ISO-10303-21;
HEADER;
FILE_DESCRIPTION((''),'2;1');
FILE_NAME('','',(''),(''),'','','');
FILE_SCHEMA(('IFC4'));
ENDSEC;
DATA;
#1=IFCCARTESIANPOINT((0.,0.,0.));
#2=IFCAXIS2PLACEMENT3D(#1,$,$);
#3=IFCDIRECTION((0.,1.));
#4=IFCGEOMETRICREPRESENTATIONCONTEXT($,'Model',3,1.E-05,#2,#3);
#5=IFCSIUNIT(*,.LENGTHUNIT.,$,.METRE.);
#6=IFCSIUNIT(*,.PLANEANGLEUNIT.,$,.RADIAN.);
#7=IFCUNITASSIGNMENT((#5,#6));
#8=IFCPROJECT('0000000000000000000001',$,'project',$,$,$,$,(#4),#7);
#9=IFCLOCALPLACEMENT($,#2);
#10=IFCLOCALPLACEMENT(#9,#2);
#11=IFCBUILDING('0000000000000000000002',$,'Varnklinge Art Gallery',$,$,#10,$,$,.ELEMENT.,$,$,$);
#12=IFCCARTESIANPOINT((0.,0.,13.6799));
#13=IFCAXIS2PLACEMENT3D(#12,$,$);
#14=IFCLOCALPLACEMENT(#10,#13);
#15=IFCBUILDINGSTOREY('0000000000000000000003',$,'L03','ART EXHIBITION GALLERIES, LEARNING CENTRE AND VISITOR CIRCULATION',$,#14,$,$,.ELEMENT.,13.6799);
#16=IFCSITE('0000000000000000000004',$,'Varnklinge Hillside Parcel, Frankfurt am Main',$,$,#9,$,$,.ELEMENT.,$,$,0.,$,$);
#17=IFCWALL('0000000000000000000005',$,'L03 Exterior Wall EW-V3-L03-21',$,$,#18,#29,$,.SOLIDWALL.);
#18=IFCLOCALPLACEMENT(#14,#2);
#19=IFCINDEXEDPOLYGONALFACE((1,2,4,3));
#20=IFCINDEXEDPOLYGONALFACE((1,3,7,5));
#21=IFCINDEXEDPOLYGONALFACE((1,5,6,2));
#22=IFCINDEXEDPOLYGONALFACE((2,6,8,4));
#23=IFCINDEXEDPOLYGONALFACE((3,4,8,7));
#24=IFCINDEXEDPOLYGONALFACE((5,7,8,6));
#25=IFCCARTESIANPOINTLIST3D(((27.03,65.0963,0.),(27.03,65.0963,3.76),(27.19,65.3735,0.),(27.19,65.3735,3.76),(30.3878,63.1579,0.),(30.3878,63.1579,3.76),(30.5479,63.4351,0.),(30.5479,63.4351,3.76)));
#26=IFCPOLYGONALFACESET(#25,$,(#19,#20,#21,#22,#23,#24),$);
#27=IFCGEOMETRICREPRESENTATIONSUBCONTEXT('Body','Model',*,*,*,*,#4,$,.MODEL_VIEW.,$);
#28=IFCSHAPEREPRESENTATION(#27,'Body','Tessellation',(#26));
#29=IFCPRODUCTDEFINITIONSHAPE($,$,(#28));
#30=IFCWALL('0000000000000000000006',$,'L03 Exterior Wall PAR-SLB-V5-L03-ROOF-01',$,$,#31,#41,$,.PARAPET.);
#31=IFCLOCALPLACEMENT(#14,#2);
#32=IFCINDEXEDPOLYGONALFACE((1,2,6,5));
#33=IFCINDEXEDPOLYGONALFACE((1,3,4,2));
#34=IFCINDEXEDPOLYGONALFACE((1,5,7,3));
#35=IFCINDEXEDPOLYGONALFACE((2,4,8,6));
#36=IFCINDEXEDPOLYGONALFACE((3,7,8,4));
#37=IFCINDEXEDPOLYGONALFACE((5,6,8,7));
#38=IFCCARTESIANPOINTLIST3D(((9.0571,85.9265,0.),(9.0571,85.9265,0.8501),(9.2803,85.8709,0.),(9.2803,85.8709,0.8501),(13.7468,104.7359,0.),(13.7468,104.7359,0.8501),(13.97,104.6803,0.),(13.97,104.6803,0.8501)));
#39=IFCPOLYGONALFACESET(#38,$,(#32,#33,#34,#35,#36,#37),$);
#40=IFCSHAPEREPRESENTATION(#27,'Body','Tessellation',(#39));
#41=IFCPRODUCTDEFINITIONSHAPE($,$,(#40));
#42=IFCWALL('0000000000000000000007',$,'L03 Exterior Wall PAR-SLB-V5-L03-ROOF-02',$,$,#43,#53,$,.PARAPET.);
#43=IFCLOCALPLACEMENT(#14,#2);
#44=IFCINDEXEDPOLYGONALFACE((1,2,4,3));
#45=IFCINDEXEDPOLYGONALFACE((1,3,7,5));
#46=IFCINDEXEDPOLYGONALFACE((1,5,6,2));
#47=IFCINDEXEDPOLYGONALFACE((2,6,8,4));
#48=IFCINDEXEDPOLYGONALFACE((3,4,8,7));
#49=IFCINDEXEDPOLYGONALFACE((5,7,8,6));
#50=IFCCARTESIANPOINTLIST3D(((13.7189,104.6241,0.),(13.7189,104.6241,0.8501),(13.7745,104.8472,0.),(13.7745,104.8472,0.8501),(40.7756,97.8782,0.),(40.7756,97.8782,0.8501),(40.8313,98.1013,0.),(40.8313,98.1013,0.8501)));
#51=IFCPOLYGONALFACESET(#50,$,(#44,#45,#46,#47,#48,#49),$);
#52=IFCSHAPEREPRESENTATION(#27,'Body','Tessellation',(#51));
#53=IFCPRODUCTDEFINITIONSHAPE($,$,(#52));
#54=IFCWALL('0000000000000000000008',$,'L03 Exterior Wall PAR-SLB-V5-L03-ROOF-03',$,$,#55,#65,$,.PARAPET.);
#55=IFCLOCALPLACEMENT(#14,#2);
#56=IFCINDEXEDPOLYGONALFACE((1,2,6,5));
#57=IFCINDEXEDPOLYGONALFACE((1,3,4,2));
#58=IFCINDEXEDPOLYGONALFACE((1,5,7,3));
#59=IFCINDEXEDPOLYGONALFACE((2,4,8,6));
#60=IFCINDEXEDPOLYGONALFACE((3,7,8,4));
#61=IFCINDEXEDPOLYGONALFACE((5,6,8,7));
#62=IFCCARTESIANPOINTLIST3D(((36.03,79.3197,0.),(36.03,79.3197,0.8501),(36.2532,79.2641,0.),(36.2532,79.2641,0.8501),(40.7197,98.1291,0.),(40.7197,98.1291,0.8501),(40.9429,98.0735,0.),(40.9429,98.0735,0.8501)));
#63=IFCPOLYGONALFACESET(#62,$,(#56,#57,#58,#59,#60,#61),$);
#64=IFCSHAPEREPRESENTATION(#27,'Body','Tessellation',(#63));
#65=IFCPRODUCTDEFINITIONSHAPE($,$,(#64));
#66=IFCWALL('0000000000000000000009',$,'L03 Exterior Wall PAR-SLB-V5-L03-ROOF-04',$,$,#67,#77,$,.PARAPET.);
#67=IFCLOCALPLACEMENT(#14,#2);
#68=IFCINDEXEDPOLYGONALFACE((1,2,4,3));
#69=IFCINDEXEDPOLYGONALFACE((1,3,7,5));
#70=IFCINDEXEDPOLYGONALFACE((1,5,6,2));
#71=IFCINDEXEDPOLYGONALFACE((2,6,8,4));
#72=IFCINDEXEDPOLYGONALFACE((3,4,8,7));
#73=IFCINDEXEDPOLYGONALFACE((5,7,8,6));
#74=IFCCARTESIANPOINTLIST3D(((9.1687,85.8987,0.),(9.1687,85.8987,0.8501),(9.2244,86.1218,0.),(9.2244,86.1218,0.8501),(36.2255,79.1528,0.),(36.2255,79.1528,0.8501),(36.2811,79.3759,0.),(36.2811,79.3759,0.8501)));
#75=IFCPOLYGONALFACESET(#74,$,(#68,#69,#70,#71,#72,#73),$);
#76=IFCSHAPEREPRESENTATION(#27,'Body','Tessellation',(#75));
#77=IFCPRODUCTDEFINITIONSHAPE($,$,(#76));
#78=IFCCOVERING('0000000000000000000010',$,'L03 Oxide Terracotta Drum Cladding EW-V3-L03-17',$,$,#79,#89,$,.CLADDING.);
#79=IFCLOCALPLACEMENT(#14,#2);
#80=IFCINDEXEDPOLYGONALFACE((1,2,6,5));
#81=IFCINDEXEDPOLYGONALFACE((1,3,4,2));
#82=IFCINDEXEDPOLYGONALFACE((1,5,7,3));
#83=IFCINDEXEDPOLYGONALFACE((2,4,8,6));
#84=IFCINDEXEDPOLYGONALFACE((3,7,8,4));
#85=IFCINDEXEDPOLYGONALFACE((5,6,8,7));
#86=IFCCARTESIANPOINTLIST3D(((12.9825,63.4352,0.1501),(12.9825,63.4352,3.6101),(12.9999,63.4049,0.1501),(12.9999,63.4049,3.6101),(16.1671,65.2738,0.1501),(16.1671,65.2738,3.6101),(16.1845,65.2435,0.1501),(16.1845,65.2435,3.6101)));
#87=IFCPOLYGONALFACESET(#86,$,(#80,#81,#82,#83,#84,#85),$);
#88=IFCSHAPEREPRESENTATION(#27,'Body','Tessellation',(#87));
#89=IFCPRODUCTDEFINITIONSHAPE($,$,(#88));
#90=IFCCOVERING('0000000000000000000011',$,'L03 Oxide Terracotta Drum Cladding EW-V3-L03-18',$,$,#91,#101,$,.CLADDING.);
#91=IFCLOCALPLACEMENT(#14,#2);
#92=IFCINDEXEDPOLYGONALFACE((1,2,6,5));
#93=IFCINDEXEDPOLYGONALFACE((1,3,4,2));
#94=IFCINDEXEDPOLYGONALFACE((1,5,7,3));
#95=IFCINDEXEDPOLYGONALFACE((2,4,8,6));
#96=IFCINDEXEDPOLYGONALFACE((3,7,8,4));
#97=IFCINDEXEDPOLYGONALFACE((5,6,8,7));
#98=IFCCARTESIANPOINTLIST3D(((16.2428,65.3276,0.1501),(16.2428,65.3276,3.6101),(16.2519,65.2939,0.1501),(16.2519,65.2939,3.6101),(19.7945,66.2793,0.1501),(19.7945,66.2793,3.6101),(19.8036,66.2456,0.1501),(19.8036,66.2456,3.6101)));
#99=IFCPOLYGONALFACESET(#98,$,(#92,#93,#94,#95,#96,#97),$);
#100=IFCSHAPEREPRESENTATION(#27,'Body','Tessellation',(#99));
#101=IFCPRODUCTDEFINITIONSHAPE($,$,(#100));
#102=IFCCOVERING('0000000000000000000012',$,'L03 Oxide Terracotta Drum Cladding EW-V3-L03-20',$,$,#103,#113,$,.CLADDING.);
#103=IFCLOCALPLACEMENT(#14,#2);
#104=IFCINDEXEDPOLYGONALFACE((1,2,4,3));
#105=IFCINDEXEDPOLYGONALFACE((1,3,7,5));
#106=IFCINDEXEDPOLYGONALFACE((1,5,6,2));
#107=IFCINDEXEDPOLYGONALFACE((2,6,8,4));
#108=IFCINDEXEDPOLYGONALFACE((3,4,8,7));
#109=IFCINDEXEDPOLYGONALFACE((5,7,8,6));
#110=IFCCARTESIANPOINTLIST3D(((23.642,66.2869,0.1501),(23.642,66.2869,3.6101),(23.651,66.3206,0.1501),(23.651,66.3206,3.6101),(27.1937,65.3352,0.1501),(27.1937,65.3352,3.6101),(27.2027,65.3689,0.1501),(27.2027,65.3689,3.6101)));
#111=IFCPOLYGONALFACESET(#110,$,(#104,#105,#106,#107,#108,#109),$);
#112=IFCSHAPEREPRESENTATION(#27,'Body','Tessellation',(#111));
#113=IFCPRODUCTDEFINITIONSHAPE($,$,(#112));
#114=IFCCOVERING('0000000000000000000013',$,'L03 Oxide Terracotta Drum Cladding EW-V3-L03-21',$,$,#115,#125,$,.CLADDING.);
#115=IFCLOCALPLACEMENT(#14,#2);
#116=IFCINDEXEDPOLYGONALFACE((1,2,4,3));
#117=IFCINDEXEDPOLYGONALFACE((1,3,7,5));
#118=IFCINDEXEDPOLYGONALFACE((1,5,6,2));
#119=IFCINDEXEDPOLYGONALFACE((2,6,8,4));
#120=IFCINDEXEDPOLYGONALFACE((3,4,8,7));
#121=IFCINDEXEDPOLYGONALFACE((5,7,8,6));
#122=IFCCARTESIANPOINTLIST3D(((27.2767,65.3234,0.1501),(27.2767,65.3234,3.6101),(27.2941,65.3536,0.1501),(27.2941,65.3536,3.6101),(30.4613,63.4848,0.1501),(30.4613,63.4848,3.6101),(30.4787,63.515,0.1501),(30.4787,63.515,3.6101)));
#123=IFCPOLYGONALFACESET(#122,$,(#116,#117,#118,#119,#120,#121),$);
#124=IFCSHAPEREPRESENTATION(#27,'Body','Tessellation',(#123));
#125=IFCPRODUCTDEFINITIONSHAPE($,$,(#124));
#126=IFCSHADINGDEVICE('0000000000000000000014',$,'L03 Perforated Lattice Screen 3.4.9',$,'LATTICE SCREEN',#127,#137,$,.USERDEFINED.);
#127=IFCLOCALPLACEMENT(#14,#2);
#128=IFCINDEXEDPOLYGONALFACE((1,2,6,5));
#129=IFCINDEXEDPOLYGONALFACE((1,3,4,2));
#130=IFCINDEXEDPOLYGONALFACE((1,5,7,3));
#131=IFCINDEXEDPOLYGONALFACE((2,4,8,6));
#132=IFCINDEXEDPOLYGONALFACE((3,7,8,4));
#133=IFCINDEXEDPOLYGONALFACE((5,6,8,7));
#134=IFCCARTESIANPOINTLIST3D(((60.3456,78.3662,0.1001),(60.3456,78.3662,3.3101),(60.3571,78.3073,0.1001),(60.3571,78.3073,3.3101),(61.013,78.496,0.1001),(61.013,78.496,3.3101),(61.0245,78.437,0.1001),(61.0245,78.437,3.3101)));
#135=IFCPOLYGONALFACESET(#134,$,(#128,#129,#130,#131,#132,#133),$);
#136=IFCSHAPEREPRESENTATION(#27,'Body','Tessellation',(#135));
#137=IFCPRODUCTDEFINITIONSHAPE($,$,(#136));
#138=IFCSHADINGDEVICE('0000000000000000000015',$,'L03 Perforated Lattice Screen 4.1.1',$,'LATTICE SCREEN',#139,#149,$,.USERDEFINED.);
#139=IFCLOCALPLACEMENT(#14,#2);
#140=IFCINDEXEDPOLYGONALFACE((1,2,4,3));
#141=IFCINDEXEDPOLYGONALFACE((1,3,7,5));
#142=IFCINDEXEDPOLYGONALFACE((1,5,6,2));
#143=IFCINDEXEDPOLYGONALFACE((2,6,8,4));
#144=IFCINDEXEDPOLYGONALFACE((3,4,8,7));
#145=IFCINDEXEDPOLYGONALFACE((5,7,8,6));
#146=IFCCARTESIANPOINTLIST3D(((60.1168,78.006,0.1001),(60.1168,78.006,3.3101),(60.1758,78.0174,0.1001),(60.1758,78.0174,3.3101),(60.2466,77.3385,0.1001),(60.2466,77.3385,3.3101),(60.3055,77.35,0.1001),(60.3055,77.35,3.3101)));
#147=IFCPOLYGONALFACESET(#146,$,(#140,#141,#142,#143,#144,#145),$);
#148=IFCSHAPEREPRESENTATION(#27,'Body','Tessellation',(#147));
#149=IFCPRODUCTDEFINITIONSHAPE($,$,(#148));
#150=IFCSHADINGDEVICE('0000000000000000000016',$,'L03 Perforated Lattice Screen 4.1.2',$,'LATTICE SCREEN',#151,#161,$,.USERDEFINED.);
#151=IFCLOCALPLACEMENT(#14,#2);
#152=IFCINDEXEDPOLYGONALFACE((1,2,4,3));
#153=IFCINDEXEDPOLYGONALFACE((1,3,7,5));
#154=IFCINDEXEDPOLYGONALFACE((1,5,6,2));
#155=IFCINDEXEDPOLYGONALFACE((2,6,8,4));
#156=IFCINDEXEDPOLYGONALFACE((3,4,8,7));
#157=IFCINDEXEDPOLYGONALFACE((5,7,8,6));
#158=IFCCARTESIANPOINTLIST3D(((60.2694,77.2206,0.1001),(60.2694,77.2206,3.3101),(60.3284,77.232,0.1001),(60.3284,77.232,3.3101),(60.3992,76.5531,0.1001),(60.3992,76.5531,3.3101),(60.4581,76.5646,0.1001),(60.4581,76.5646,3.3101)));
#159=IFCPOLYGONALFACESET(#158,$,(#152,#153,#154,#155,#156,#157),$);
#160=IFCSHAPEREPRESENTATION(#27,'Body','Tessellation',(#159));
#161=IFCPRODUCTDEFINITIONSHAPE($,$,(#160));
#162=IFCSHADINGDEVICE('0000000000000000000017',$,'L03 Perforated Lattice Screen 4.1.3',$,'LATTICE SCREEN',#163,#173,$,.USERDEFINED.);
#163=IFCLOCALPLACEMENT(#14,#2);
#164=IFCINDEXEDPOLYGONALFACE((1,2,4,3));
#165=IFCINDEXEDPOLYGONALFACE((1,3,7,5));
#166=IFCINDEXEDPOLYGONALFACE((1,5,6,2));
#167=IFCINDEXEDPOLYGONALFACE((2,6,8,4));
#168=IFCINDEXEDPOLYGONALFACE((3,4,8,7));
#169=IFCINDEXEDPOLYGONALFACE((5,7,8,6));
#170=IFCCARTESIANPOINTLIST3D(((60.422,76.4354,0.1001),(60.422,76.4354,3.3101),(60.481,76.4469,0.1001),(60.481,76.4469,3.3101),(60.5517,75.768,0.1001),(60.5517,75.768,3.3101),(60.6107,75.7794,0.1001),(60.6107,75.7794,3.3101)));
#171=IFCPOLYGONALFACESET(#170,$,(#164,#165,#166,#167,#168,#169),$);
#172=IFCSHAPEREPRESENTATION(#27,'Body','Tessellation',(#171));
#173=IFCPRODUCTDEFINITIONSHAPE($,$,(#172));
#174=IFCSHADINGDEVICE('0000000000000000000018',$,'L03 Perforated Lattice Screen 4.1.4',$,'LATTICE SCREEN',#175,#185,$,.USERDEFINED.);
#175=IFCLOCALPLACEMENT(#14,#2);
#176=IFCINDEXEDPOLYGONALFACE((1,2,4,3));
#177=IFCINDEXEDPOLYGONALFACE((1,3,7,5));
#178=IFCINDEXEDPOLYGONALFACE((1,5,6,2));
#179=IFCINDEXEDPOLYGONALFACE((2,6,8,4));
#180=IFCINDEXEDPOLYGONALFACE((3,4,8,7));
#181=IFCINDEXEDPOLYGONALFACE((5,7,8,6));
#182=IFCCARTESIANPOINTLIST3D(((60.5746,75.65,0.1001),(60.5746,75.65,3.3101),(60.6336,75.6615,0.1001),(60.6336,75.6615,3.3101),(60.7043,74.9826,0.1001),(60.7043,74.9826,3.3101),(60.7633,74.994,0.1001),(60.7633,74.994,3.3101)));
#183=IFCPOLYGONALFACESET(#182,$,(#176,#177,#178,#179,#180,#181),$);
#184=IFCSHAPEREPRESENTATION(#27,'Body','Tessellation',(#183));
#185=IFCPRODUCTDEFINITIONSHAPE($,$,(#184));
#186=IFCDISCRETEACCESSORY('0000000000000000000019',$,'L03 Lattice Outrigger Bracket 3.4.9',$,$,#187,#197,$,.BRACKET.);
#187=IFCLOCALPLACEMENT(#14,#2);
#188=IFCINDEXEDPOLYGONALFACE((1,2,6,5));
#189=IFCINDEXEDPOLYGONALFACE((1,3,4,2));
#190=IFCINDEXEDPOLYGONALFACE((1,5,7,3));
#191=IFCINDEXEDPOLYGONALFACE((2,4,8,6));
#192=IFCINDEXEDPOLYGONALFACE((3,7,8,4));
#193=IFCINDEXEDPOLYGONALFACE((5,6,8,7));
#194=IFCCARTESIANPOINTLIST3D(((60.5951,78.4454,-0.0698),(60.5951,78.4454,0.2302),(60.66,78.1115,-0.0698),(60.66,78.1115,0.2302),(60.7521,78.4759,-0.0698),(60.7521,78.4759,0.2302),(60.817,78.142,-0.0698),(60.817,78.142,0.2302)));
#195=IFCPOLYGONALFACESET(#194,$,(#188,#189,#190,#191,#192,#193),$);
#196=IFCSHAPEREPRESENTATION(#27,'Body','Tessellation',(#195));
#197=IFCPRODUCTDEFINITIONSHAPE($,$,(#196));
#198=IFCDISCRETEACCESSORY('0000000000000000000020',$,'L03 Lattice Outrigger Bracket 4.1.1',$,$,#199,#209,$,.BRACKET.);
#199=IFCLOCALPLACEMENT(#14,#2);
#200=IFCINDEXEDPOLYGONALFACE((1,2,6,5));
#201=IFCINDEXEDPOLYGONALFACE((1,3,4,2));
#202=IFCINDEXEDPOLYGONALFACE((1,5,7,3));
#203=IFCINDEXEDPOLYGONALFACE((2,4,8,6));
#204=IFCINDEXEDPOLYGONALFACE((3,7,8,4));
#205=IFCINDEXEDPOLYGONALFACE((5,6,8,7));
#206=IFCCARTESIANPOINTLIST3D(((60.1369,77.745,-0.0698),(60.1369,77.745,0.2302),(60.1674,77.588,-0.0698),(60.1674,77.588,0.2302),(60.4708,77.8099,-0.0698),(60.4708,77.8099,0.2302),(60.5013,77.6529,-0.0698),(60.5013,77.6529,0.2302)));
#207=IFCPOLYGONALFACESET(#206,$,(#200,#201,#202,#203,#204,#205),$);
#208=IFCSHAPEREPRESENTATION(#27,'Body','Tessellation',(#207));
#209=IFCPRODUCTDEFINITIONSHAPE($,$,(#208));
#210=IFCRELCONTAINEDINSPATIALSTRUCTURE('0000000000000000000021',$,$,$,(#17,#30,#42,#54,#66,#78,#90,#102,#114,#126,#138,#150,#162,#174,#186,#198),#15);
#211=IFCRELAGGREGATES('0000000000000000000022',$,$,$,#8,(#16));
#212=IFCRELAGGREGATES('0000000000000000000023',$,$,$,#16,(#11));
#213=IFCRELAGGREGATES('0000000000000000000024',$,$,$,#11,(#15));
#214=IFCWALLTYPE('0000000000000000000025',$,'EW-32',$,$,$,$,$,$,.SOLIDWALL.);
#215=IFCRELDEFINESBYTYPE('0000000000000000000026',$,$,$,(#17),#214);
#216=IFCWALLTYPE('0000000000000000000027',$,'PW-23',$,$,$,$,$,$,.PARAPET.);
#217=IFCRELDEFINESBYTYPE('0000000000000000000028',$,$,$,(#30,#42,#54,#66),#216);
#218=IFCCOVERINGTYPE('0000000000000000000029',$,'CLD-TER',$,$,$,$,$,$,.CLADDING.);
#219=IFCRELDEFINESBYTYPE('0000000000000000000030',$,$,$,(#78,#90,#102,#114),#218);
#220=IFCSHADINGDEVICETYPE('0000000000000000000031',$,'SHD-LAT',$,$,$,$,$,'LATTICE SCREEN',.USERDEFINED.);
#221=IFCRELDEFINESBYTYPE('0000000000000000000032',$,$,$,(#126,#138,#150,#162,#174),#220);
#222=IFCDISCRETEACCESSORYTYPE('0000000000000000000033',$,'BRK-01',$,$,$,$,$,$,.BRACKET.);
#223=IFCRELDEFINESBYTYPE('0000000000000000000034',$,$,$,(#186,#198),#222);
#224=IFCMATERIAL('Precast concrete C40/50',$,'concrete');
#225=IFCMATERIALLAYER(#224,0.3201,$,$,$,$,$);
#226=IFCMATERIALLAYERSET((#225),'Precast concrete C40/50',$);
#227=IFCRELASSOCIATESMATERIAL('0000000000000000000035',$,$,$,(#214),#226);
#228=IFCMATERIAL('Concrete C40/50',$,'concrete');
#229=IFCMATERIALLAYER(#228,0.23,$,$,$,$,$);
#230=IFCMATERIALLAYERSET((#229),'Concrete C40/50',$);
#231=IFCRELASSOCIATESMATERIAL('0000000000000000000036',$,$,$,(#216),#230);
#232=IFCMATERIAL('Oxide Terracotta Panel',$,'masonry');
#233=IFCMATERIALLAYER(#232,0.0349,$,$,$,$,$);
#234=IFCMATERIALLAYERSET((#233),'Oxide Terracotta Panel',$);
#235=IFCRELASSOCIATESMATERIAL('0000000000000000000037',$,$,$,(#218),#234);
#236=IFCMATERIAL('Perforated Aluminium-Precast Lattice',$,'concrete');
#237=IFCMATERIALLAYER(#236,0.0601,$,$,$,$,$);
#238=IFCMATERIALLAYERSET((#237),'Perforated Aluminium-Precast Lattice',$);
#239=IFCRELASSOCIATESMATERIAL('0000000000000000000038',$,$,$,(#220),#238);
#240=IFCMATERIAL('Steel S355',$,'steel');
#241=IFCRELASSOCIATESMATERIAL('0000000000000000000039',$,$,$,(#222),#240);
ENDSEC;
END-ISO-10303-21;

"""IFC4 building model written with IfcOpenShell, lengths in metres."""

from ifc_helpers import new_model, si_unit, direction, frame, frame_2d, origin, origin_2d, place, context, subcontext, project, spatial, rectangle, extrude, material, layer, layer_set, type_object, element, save


model = new_model("IFC4")

# Units and contexts
model_context = context("Model", 3, precision=1e-05, world=origin(), true_north=direction((0.0, 1.0)))
body_context = subcontext(model_context, "Body", "Model", "MODEL_VIEW")
ifc_project = project(units=[si_unit("LENGTHUNIT", "METRE"), si_unit("PLANEANGLEUNIT", "RADIAN")], contexts=[model_context])

# Site, building, storey
site_placement = place(None, origin())
site = spatial("IfcSite", under=ifc_project, at=site_placement, Name="Varnklinge Hillside Parcel, Frankfurt am Main", CompositionType="ELEMENT", RefElevation=0.0)
building_placement = place(site_placement, origin())
building = spatial("IfcBuilding", under=site, at=building_placement, Name="Varnklinge Art Gallery", CompositionType="ELEMENT")
storey_placement = place(building_placement, frame((0.0, 0.0, 13.6799)))
storey = spatial("IfcBuildingStorey", under=building, at=storey_placement, Name="L03", Description="ART EXHIBITION GALLERIES, LEARNING CENTRE AND VISITOR CIRCULATION", CompositionType="ELEMENT", Elevation=13.6799)

# Shared definitions
ifc_material_1 = material(Name="Precast concrete C40/50", Category="concrete")
ifc_layer_1 = layer(ifc_material_1, 0.3201)
ifc_layer_set_1 = layer_set([ifc_layer_1], Name="Precast concrete C40/50")
wall_type_1 = type_object("IfcWallType", Name="EW-32", PredefinedType="SOLIDWALL", material=ifc_layer_set_1)

# Walls
wall_1_placement = place(storey_placement, frame((27.1101, 65.2349, 0.0), z_axis=(0.0, 0.0, 1.0), x_axis=(0.866049, -0.499959, 0.0)))
element("IfcWall", 1, at=wall_1_placement, inside=storey, type_object=wall_type_1, Name="L03 Exterior Wall EW-V3-L03-21", PredefinedType="SOLIDWALL", context=body_context, shape_type="SweptSolid", body=[
    extrude(rectangle(XDim=3.8772, YDim=0.3201, at=frame_2d((1.9385, 0.0))), origin(), (0.0, 0.0, 1.0), 3.76),
])
ifc_material_2 = material(Name="Concrete C40/50", Category="concrete")
ifc_layer_2 = layer(ifc_material_2, 0.23)
ifc_layer_set_2 = layer_set([ifc_layer_2], Name="Concrete C40/50")
wall_type_2 = type_object("IfcWallType", Name="PW-23", PredefinedType="PARAPET", material=ifc_layer_set_2)
wall_2_placement = place(storey_placement, frame((9.1687, 85.8987, 0.0), z_axis=(0.0, 0.0, 1.0), x_axis=(0.241922, 0.970296, 0.0)))
element("IfcWall", 2, at=wall_2_placement, inside=storey, type_object=wall_type_2, Name="L03 Exterior Wall PAR-SLB-V5-L03-ROOF-01", PredefinedType="PARAPET", context=body_context, shape_type="SweptSolid", body=[
    extrude(rectangle(XDim=19.3853, YDim=0.23, at=frame_2d((9.6926, 0.0))), origin(), (0.0, 0.0, 1.0), 0.8501),
])
wall_3_placement = place(storey_placement, frame((13.7468, 104.7356, 0.0), z_axis=(0.0, 0.0, 1.0), x_axis=(0.970297, -0.241918, 0.0)))
element("IfcWall", 3, at=wall_3_placement, inside=storey, type_object=wall_type_2, Name="L03 Exterior Wall PAR-SLB-V5-L03-ROOF-02", PredefinedType="PARAPET", context=body_context, shape_type="SweptSolid", body=[
    extrude(rectangle(XDim=27.885, YDim=0.23, at=frame_2d((13.9424, 0.0))), origin(), (0.0, 0.0, 1.0), 0.8501),
])
wall_4_placement = place(storey_placement, frame((40.8313, 98.1013, 0.0), z_axis=(0.0, 0.0, 1.0), x_axis=(-0.241922, -0.970296, 0.0)))
element("IfcWall", 4, at=wall_4_placement, inside=storey, type_object=wall_type_2, Name="L03 Exterior Wall PAR-SLB-V5-L03-ROOF-03", PredefinedType="PARAPET", context=body_context, shape_type="SweptSolid", body=[
    extrude(rectangle(XDim=19.3853, YDim=0.23, at=frame_2d((9.6926, 0.0))), origin(), (0.0, 0.0, 1.0), 0.8501),
])
wall_5_placement = place(storey_placement, frame((36.2532, 79.2644, 0.0), z_axis=(0.0, 0.0, 1.0), x_axis=(-0.970297, 0.241918, 0.0)))
element("IfcWall", 5, at=wall_5_placement, inside=storey, type_object=wall_type_2, Name="L03 Exterior Wall PAR-SLB-V5-L03-ROOF-04", PredefinedType="PARAPET", context=body_context, shape_type="SweptSolid", body=[
    extrude(rectangle(XDim=27.885, YDim=0.23, at=frame_2d((13.9424, 0.0))), origin(), (0.0, 0.0, 1.0), 0.8501),
])

# Coverings
ifc_material_3 = material(Name="Oxide Terracotta Panel", Category="masonry")
ifc_layer_3 = layer(ifc_material_3, 0.0349)
ifc_layer_set_3 = layer_set([ifc_layer_3], Name="Oxide Terracotta Panel")
covering_type = type_object("IfcCoveringType", Name="CLD-TER", PredefinedType="CLADDING", material=ifc_layer_set_3)
covering_1_placement = place(storey_placement, frame((14.5835, 64.3394, 0.1501), z_axis=(0.0, 0.0, 1.0), x_axis=(0.866025, 0.5, 0.0)))
element("IfcCovering", 6, at=covering_1_placement, inside=storey, type_object=covering_type, Name="L03 Oxide Terracotta Drum Cladding EW-V3-L03-17", PredefinedType="CLADDING", context=body_context, shape_type="SweptSolid", body=[
    extrude(rectangle(XDim=3.6772, YDim=0.0349, at=origin_2d()), origin(), (0.0, 0.0, 1.0), 3.46),
])
for number, where, z_axis, x_axis, name in (
    (7, (18.0232, 65.7866, 0.1501), (0.0, 0.0, 1.0), (0.965926, 0.258819, 0.0), "L03 Oxide Terracotta Drum Cladding EW-V3-L03-18"),
    (8, (25.4224, 65.8279, 0.1501), (0.0, 0.0, 1.0), (0.965926, -0.258819, 0.0), "L03 Oxide Terracotta Drum Cladding EW-V3-L03-20"),
):
    element("IfcCovering", number, at=place(storey_placement, frame(where, z_axis=z_axis, x_axis=x_axis)), inside=storey, type_object=covering_type, Name=name, PredefinedType="CLADDING", context=body_context, shape_type="SweptSolid", body=[
        extrude(rectangle(XDim=3.677, YDim=0.0349, at=origin_2d()), origin(), (0.0, 0.0, 1.0), 3.46),
    ])
covering_2_placement = place(storey_placement, frame((28.8777, 64.4192, 0.1501), z_axis=(0.0, 0.0, 1.0), x_axis=(0.866025, -0.5, 0.0)))
element("IfcCovering", 9, at=covering_2_placement, inside=storey, type_object=covering_type, Name="L03 Oxide Terracotta Drum Cladding EW-V3-L03-21", PredefinedType="CLADDING", context=body_context, shape_type="SweptSolid", body=[
    extrude(rectangle(XDim=3.6772, YDim=0.0349, at=origin_2d()), origin(), (0.0, 0.0, 1.0), 3.46),
])

# Shading devices
ifc_material_4 = material(Name="Perforated Aluminium-Precast Lattice", Category="concrete")
ifc_layer_4 = layer(ifc_material_4, 0.0601)
ifc_layer_set_4 = layer_set([ifc_layer_4], Name="Perforated Aluminium-Precast Lattice")
shading_device_type = type_object("IfcShadingDeviceType", Name="SHD-LAT", ElementType="LATTICE SCREEN", PredefinedType="USERDEFINED", material=ifc_layer_set_4)
for number, where, z_axis, x_axis, name in (
    (10, (60.6851, 78.4016, 0.1001), (0.0, 0.0, 1.0), (-0.981627, -0.190809, 0.0), "L03 Perforated Lattice Screen 3.4.9"),
    (11, (60.2112, 77.678, 0.1001), (0.0, 0.0, 1.0), (0.190809, -0.981627, 0.0), "L03 Perforated Lattice Screen 4.1.1"),
    (12, (60.3638, 76.8926, 0.1001), (0.0, 0.0, 1.0), (0.190809, -0.981627, 0.0), "L03 Perforated Lattice Screen 4.1.2"),
    (13, (60.5164, 76.1074, 0.1001), (0.0, 0.0, 1.0), (0.190809, -0.981627, 0.0), "L03 Perforated Lattice Screen 4.1.3"),
    (14, (60.6689, 75.322, 0.1001), (0.0, 0.0, 1.0), (0.190809, -0.981627, 0.0), "L03 Perforated Lattice Screen 4.1.4"),
):
    element("IfcShadingDevice", number, at=place(storey_placement, frame(where, z_axis=z_axis, x_axis=x_axis)), inside=storey, type_object=shading_device_type, Name=name, ObjectType="LATTICE SCREEN", PredefinedType="USERDEFINED", context=body_context, shape_type="SweptSolid", body=[
        extrude(rectangle(XDim=0.6799, YDim=0.0601, at=origin_2d()), origin(), (0.0, 0.0, 1.0), 3.21),
    ])

# Discrete accessories
ifc_material_5 = material(Name="Steel S355", Category="steel")
discrete_accessory_type = type_object("IfcDiscreteAccessoryType", Name="BRK-01", PredefinedType="BRACKET", material=ifc_material_5)
for number, where, z_axis, x_axis, name in (
    (15, (60.7061, 78.2937, -0.0698), (0.0, 0.0, 1.0), (-0.981627, -0.190809, 0.0), "L03 Lattice Outrigger Bracket 3.4.9"),
    (16, (60.3191, 77.699, -0.0698), (0.0, 0.0, 1.0), (0.190809, -0.981627, 0.0), "L03 Lattice Outrigger Bracket 4.1.1"),
):
    element("IfcDiscreteAccessory", number, at=place(storey_placement, frame(where, z_axis=z_axis, x_axis=x_axis)), inside=storey, type_object=discrete_accessory_type, Name=name, PredefinedType="BRACKET", context=body_context, shape_type="SweptSolid", body=[
        extrude(rectangle(XDim=0.1599, YDim=0.3401, at=origin_2d()), origin(), (0.0, 0.0, 1.0), 0.3),
    ])

save(model, "model.ifc")
